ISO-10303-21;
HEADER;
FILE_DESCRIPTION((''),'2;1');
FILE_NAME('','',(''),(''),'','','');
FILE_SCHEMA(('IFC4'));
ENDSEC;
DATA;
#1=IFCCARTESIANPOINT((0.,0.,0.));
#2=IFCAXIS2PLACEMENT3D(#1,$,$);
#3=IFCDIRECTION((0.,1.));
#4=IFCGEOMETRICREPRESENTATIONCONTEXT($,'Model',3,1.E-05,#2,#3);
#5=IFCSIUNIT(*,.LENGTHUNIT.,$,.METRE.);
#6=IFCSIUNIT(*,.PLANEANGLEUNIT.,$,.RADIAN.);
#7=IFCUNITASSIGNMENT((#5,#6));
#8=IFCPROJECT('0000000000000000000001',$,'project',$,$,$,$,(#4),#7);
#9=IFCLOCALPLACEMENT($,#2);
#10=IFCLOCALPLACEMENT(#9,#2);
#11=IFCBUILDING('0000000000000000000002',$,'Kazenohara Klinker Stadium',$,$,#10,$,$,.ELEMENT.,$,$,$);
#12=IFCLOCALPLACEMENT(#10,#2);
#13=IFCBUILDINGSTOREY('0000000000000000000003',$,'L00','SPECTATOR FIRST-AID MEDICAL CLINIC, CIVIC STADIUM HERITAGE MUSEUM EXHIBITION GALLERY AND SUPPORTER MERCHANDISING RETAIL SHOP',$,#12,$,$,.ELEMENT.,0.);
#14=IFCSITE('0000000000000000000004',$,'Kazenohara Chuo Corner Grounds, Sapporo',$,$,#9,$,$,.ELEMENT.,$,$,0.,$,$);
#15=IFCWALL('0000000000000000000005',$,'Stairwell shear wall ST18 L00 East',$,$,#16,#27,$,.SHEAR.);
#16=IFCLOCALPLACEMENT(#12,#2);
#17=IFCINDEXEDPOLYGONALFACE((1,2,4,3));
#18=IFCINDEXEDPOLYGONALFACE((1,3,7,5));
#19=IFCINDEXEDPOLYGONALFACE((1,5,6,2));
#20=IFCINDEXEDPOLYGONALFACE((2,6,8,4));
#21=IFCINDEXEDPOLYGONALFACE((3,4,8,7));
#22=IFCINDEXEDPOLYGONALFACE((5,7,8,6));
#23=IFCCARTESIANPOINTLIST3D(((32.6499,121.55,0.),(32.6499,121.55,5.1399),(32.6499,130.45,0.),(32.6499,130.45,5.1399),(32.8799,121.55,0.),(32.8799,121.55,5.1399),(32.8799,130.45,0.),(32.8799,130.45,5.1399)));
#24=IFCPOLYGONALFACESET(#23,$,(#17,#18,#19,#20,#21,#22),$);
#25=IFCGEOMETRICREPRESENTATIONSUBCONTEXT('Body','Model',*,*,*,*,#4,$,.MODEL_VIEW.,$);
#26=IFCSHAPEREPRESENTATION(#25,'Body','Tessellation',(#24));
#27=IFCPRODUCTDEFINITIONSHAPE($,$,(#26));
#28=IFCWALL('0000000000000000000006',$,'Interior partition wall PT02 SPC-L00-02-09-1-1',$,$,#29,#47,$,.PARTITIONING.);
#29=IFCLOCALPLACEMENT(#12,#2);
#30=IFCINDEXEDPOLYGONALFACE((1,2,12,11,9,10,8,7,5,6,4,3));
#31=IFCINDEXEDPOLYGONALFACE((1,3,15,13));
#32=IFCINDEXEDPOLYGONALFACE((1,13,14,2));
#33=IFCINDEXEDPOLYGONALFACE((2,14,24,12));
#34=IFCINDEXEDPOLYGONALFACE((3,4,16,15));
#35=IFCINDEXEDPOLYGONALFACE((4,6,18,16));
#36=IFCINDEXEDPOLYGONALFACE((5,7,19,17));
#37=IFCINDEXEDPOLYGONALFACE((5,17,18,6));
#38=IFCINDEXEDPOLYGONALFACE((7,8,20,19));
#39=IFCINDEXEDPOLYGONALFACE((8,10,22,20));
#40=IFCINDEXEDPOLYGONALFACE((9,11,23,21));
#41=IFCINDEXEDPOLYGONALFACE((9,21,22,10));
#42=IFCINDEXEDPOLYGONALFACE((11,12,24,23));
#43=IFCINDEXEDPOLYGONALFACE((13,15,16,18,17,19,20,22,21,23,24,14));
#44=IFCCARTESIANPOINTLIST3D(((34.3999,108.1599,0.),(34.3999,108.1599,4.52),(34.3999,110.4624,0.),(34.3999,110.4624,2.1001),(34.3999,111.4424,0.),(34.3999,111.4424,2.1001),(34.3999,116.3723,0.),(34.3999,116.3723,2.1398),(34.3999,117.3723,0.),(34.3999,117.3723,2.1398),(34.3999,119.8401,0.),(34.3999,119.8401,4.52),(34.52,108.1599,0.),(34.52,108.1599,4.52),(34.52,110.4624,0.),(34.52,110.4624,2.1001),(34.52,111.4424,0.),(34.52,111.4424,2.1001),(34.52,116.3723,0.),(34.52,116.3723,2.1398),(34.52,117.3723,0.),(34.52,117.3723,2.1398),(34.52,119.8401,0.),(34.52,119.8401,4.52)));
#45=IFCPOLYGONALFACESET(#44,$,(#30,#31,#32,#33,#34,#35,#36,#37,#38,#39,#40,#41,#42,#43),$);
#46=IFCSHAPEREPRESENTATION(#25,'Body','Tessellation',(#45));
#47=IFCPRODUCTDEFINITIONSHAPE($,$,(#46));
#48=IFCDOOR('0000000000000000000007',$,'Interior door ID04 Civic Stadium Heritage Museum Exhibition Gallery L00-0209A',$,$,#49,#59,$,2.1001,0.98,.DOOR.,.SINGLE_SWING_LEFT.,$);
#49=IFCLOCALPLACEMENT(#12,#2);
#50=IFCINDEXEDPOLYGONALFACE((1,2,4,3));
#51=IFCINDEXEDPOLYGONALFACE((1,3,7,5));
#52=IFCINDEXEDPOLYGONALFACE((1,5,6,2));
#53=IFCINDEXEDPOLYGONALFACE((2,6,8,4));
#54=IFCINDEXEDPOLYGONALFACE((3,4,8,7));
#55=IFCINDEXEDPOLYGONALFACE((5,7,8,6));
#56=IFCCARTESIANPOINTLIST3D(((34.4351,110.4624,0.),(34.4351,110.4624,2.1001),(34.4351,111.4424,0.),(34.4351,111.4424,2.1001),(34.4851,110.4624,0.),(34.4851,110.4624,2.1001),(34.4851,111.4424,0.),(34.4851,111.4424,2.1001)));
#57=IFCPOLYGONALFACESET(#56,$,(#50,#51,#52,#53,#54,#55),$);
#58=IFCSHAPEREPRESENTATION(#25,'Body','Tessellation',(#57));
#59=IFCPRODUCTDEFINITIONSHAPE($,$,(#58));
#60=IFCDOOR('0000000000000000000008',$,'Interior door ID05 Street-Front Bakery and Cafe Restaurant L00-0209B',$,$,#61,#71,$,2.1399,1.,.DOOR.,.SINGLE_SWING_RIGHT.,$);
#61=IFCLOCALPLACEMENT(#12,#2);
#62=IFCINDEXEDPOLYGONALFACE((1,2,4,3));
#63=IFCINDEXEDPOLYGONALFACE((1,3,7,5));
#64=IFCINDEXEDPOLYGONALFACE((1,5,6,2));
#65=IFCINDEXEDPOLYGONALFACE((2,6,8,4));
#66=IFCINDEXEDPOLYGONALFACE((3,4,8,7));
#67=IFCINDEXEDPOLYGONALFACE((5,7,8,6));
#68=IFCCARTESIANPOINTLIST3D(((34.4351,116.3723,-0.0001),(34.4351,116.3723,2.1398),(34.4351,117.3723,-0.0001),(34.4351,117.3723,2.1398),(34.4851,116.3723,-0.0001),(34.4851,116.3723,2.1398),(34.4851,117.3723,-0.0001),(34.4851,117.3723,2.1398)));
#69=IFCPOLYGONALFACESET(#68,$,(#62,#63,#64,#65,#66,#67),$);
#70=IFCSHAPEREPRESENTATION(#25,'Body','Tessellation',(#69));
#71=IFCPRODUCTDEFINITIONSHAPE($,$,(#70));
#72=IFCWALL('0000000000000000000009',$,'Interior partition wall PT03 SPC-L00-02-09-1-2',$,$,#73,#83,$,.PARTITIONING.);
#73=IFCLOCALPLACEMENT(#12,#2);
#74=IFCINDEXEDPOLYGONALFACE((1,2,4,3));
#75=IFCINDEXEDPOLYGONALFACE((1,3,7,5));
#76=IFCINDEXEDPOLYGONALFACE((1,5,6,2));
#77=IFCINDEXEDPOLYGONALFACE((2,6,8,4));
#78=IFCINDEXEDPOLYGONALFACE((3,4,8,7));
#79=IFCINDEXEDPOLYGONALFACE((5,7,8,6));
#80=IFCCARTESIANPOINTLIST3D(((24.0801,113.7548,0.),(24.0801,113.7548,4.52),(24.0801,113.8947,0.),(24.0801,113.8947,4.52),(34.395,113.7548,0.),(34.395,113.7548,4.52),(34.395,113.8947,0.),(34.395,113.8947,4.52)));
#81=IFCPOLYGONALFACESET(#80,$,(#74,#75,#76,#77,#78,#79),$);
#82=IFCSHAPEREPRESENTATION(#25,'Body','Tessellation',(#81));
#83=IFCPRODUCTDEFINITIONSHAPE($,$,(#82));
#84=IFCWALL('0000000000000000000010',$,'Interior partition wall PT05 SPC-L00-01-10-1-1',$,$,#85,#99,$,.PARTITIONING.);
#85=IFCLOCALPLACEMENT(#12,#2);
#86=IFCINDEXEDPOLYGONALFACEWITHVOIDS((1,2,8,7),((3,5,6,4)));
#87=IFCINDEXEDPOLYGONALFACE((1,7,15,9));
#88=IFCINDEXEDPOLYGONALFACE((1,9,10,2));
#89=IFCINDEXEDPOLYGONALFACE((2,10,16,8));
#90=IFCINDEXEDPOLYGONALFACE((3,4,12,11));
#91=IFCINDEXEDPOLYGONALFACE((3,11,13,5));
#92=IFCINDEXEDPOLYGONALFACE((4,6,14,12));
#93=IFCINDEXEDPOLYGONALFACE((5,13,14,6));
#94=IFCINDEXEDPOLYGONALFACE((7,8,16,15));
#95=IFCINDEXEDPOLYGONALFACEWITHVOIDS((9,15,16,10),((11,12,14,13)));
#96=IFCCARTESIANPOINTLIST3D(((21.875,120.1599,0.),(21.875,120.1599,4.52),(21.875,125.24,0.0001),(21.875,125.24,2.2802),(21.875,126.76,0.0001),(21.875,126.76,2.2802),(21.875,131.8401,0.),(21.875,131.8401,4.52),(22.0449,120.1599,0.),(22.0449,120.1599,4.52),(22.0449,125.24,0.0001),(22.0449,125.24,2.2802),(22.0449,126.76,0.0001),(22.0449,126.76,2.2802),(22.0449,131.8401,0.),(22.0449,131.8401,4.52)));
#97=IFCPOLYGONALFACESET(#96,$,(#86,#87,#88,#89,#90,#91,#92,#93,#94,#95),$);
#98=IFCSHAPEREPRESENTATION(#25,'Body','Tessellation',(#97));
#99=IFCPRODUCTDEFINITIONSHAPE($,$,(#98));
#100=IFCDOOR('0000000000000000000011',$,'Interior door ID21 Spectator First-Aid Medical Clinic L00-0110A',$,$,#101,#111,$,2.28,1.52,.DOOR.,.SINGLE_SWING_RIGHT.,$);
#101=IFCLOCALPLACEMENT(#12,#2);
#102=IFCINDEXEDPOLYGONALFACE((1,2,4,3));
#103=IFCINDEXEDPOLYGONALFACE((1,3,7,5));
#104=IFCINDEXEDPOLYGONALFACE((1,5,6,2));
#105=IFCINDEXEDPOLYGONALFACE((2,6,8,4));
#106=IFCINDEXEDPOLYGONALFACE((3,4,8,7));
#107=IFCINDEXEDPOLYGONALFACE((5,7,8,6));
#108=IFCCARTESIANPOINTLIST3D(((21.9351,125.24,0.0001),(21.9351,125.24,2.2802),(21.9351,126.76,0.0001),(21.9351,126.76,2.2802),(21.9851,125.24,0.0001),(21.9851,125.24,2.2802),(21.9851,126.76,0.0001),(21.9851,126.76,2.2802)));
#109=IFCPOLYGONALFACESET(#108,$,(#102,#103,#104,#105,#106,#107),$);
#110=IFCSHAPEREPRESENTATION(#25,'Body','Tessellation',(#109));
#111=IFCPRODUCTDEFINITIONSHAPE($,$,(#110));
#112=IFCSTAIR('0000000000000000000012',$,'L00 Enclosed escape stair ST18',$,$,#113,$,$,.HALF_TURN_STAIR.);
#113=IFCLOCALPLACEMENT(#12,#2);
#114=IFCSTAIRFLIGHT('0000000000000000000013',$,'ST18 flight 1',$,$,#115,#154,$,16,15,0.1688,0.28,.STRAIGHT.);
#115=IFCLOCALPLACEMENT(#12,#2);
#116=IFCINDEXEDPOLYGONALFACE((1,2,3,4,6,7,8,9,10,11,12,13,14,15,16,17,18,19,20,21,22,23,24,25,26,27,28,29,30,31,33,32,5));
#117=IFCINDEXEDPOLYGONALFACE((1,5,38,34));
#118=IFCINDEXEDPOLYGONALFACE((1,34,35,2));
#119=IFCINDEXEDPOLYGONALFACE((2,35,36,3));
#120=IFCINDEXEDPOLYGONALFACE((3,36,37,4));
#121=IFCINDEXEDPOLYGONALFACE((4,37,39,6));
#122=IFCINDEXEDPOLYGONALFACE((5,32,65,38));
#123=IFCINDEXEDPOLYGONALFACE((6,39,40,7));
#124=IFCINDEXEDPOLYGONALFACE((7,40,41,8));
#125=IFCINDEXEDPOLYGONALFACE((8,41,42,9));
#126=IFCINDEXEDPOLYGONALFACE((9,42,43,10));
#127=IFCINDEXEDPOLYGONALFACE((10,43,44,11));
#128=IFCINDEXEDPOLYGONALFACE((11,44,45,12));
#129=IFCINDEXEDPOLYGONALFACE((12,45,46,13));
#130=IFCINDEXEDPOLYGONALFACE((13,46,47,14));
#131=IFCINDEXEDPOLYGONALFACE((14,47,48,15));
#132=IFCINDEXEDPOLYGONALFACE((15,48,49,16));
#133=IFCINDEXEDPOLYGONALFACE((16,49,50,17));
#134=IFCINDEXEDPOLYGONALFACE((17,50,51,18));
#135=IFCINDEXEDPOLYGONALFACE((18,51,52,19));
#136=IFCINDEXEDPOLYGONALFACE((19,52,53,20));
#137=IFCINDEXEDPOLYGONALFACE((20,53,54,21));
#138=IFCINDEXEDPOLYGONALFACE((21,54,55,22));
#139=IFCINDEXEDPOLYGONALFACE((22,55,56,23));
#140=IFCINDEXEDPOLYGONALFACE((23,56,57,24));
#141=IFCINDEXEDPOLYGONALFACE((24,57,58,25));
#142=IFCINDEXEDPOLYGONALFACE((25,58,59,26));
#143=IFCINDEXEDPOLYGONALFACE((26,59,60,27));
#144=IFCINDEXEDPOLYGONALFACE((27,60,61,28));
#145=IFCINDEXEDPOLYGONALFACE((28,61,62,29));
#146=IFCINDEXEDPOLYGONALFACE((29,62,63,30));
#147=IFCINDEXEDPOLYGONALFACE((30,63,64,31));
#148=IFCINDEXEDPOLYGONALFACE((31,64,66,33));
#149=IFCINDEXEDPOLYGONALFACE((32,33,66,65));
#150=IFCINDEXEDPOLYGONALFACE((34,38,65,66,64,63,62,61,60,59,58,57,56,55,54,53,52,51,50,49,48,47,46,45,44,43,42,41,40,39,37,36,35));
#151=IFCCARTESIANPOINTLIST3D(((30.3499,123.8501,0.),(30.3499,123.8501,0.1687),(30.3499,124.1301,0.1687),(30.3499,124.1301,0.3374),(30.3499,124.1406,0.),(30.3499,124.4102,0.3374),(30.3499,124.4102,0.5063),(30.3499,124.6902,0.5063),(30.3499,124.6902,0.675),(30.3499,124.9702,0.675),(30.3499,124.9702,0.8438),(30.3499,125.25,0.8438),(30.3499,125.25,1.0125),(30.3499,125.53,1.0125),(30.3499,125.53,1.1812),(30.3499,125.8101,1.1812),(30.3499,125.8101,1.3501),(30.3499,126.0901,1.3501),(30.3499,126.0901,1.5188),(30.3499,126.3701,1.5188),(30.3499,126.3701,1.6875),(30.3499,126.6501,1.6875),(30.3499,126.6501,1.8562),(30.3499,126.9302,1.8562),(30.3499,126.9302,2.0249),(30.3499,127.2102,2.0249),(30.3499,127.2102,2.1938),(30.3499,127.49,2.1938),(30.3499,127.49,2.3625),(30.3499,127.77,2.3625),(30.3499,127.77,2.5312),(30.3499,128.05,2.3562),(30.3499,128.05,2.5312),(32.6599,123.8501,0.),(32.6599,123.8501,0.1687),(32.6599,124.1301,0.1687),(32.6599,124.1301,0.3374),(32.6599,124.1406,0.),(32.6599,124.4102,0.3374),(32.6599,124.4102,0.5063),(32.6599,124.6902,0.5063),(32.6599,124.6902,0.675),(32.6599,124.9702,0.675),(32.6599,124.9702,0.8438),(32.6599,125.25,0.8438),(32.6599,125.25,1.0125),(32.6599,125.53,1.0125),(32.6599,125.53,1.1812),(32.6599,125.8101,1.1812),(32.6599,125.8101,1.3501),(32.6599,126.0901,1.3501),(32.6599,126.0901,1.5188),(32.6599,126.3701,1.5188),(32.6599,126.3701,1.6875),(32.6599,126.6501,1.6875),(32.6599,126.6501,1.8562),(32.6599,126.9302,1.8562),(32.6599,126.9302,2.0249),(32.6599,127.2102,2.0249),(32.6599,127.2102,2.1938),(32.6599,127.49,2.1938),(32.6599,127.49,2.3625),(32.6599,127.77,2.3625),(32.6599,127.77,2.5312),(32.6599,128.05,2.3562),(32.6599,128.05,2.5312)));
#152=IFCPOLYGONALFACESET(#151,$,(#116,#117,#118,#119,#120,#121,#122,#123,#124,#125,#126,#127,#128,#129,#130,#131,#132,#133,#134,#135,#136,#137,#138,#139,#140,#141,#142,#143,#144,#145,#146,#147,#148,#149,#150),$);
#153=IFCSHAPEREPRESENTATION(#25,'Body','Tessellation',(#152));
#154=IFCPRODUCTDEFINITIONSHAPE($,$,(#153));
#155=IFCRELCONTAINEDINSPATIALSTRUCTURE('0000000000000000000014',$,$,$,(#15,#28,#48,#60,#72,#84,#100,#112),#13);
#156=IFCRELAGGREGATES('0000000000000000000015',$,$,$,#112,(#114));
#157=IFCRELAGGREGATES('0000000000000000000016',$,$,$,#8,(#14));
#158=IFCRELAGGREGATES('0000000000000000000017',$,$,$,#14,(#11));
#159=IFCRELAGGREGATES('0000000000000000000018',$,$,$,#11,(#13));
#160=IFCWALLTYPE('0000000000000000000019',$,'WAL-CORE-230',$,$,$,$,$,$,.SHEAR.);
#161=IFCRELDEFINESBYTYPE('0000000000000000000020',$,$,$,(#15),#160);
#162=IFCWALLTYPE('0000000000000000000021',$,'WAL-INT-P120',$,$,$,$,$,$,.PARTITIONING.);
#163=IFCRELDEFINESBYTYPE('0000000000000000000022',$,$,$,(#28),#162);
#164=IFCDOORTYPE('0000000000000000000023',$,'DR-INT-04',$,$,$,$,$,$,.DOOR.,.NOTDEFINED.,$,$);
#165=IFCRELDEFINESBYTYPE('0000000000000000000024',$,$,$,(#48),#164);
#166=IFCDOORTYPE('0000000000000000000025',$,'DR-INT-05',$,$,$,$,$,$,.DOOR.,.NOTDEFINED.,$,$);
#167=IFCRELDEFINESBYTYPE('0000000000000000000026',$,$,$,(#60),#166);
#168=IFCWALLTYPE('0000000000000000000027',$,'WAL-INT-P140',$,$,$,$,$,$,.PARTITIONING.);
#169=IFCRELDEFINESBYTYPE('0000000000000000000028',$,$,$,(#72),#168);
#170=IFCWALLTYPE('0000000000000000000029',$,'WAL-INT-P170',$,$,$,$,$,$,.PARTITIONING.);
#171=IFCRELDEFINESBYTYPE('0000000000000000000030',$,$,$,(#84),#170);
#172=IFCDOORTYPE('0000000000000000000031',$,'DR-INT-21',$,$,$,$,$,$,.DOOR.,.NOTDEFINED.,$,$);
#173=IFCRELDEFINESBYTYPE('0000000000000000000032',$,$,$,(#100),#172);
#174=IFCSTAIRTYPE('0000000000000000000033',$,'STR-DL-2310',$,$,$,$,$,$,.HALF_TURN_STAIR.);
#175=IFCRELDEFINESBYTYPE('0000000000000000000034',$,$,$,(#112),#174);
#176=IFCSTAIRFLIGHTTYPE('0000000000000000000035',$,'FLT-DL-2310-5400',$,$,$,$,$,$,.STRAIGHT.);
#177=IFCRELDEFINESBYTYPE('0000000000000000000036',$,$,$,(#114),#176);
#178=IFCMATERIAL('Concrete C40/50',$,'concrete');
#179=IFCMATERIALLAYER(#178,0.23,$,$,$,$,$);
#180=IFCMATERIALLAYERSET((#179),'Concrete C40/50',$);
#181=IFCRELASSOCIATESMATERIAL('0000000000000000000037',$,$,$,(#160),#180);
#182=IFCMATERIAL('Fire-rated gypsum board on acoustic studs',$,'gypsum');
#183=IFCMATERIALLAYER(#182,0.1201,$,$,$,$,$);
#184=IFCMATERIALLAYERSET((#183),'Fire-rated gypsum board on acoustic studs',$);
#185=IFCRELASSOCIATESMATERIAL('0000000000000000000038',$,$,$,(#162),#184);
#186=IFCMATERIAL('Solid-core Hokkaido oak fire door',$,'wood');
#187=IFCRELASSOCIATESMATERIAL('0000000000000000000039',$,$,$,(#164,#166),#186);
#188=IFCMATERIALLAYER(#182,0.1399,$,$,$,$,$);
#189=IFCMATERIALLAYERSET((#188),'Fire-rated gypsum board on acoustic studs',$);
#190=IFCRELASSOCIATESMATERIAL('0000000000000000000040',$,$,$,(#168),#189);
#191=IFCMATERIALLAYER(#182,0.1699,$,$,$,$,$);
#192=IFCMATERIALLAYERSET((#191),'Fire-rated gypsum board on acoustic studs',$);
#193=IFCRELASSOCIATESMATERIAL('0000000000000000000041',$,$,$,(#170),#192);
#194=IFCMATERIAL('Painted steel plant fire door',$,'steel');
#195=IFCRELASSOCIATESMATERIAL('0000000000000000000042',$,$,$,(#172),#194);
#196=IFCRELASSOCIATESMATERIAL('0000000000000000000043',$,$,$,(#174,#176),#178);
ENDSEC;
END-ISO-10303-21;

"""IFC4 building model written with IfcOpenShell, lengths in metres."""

from ifc_helpers import new_model, si_unit, direction, frame, frame_2d, origin, place, context, subcontext, project, spatial, polyline, rectangle, outline, extrude, material, layer, layer_set, type_object, element, fill, aggregate, save


model = new_model("IFC4")

# Units and contexts
model_context = context("Model", 3, precision=1e-05, world=origin(), true_north=direction((0.0, 1.0)))
body_context = subcontext(model_context, "Body", "Model", "MODEL_VIEW")
ifc_project = project(units=[si_unit("LENGTHUNIT", "METRE"), si_unit("PLANEANGLEUNIT", "RADIAN")], contexts=[model_context])

# Site, building, storey
site_placement = place(None, origin())
site = spatial("IfcSite", under=ifc_project, at=site_placement, Name="Kazenohara Chuo Corner Grounds, Sapporo", CompositionType="ELEMENT", RefElevation=0.0)
building_placement = place(site_placement, origin())
building = spatial("IfcBuilding", under=site, at=building_placement, Name="Kazenohara Klinker Stadium", CompositionType="ELEMENT")
storey_placement = place(building_placement, origin())
storey = spatial("IfcBuildingStorey", under=building, at=storey_placement, Name="L00", Description="SPECTATOR FIRST-AID MEDICAL CLINIC, CIVIC STADIUM HERITAGE MUSEUM EXHIBITION GALLERY AND SUPPORTER MERCHANDISING RETAIL SHOP", CompositionType="ELEMENT", Elevation=0.0)

# Shared definitions
ifc_material_1 = material(Name="Concrete C40/50", Category="concrete")

# Shared definitions
ifc_layer_1 = layer(ifc_material_1, 0.23)
ifc_layer_set_1 = layer_set([ifc_layer_1], Name="Concrete C40/50")
wall_type_1 = type_object("IfcWallType", Name="WAL-CORE-230", PredefinedType="SHEAR", material=ifc_layer_set_1)

# Wall
for number, where, z_axis, x_axis, name in (
    (1, (32.7649, 121.55, 0.0), (0.0, 0.0, 1.0), (0.0, 1.0, 0.0), "Stairwell shear wall ST18 L00 East"),
):
    element("IfcWall", number, at=place(storey_placement, frame(where, z_axis=z_axis, x_axis=x_axis)), inside=storey, type_object=wall_type_1, Name=name, PredefinedType="SHEAR", context=body_context, shape_type="SweptSolid", body=[
        extrude(rectangle(XDim=8.8999, YDim=0.23, at=frame_2d((4.45, 0.0))), origin(), (0.0, 0.0, 1.0), 5.1399),
    ])

# Wall, openings, doors
ifc_material_2 = material(Name="Fire-rated gypsum board on acoustic studs", Category="gypsum")
ifc_layer_2 = layer(ifc_material_2, 0.1201)
ifc_layer_set_2 = layer_set([ifc_layer_2], Name="Fire-rated gypsum board on acoustic studs")
wall_type_2 = type_object("IfcWallType", Name="WAL-INT-P120", PredefinedType="PARTITIONING", material=ifc_layer_set_2)
wall_1_placement = place(storey_placement, frame((34.46, 108.1599, 0.0), z_axis=(0.0, 0.0, 1.0), x_axis=(0.0, 1.0, 0.0)))
wall_1 = element("IfcWall", 2, at=wall_1_placement, inside=storey, type_object=wall_type_2, Name="Interior partition wall PT02 SPC-L00-02-09-1-1", PredefinedType="PARTITIONING", context=body_context, shape_type="SweptSolid", body=[
    extrude(rectangle(XDim=11.6802, YDim=0.1201, at=frame_2d((5.8401, 0.0))), origin(), (0.0, 0.0, 1.0), 4.52),
])
opening_1_placement = place(wall_1_placement, frame((2.3025, 0.0, 0.0)))
opening_1 = element("IfcOpeningElement", 3, at=opening_1_placement, cuts=wall_1, PredefinedType="OPENING", context=body_context, shape_type="SweptSolid", body=[
    extrude(rectangle(XDim=0.98, YDim=2.1001, at=frame_2d((0.49, 1.05))), frame((0.0, 0.0701, 0.0), z_axis=(0.0, -1.0, 0.0), x_axis=(1.0, 0.0, 0.0)), (0.0, 0.0, 1.0), 0.1401),
])
opening_2_placement = place(wall_1_placement, frame((8.2124, 0.0, 0.0)))
opening_2 = element("IfcOpeningElement", 4, at=opening_2_placement, cuts=wall_1, PredefinedType="OPENING", context=body_context, shape_type="SweptSolid", body=[
    extrude(rectangle(XDim=1.0, YDim=2.1399, at=frame_2d((0.5, 1.0698))), frame((0.0, 0.0701, 0.0), z_axis=(0.0, -1.0, 0.0), x_axis=(1.0, 0.0, 0.0)), (0.0, 0.0, 1.0), 0.1401),
])
ifc_material_3 = material(Name="Solid-core Hokkaido oak fire door", Category="wood")
door_type_1 = type_object("IfcDoorType", Name="DR-INT-04", OperationType="NOTDEFINED", PredefinedType="DOOR", material=ifc_material_3)
door_1_placement = place(opening_1_placement, origin())
door_1 = element("IfcDoor", 5, at=door_1_placement, inside=storey, type_object=door_type_1, Name="Interior door ID04 Civic Stadium Heritage Museum Exhibition Gallery L00-0209A", OperationType="SINGLE_SWING_LEFT", OverallHeight=2.1001, OverallWidth=0.98, PredefinedType="DOOR", context=body_context, shape_type="SweptSolid", body=[
    extrude(rectangle(XDim=0.98, YDim=2.1001, at=frame_2d((0.49, 1.05))), frame((0.0, 0.0249, 0.0), z_axis=(0.0, -1.0, 0.0), x_axis=(1.0, 0.0, 0.0)), (0.0, 0.0, 1.0), 0.05),
])
fill(opening_1, door_1)
door_type_2 = type_object("IfcDoorType", Name="DR-INT-05", OperationType="NOTDEFINED", PredefinedType="DOOR", material=ifc_material_3)
door_2_placement = place(opening_2_placement, origin())
door_2 = element("IfcDoor", 6, at=door_2_placement, inside=storey, type_object=door_type_2, Name="Interior door ID05 Street-Front Bakery and Cafe Restaurant L00-0209B", OperationType="SINGLE_SWING_RIGHT", OverallHeight=2.1399, OverallWidth=1.0, PredefinedType="DOOR", context=body_context, shape_type="SweptSolid", body=[
    extrude(rectangle(XDim=1.0, YDim=2.1399, at=frame_2d((0.5, 1.0698))), frame((0.0, 0.0249, 0.0), z_axis=(0.0, -1.0, 0.0), x_axis=(1.0, 0.0, 0.0)), (0.0, 0.0, 1.0), 0.05),
])
fill(opening_2, door_2)

# Wall
ifc_layer_3 = layer(ifc_material_2, 0.1399)
ifc_layer_set_3 = layer_set([ifc_layer_3], Name="Fire-rated gypsum board on acoustic studs")
wall_type_3 = type_object("IfcWallType", Name="WAL-INT-P140", PredefinedType="PARTITIONING", material=ifc_layer_set_3)
wall_2_placement = place(storey_placement, frame((24.0801, 113.8247, 0.0), z_axis=(0.0, 0.0, 1.0), x_axis=(1.0, 0.0, 0.0)))
element("IfcWall", 7, at=wall_2_placement, inside=storey, type_object=wall_type_3, Name="Interior partition wall PT03 SPC-L00-02-09-1-2", PredefinedType="PARTITIONING", context=body_context, shape_type="SweptSolid", body=[
    extrude(rectangle(XDim=10.3149, YDim=0.1399, at=frame_2d((5.1575, 0.0))), origin(), (0.0, 0.0, 1.0), 4.52),
])

# Wall, opening, door
ifc_layer_4 = layer(ifc_material_2, 0.1699)
ifc_layer_set_4 = layer_set([ifc_layer_4], Name="Fire-rated gypsum board on acoustic studs")
wall_type_4 = type_object("IfcWallType", Name="WAL-INT-P170", PredefinedType="PARTITIONING", material=ifc_layer_set_4)
wall_3_placement = place(storey_placement, frame((21.96, 120.1599, 0.0), z_axis=(0.0, 0.0, 1.0), x_axis=(0.0, 1.0, 0.0)))
wall_3 = element("IfcWall", 8, at=wall_3_placement, inside=storey, type_object=wall_type_4, Name="Interior partition wall PT05 SPC-L00-01-10-1-1", PredefinedType="PARTITIONING", context=body_context, shape_type="SweptSolid", body=[
    extrude(rectangle(XDim=11.6802, YDim=0.1699, at=frame_2d((5.8401, 0.0))), origin(), (0.0, 0.0, 1.0), 4.52),
])
opening_3_placement = place(wall_3_placement, frame((5.0801, 0.0, 0.0)))
opening_3 = element("IfcOpeningElement", 9, at=opening_3_placement, cuts=wall_3, PredefinedType="OPENING", context=body_context, shape_type="SweptSolid", body=[
    extrude(rectangle(XDim=1.52, YDim=2.28, at=frame_2d((0.76, 1.1401))), frame((0.0, 0.095, 0.0), z_axis=(0.0, -1.0, 0.0), x_axis=(1.0, 0.0, 0.0)), (0.0, 0.0, 1.0), 0.1899),
])
ifc_material_4 = material(Name="Painted steel plant fire door", Category="steel")
door_type_3 = type_object("IfcDoorType", Name="DR-INT-21", OperationType="NOTDEFINED", PredefinedType="DOOR", material=ifc_material_4)
door_3_placement = place(opening_3_placement, origin())
door_3 = element("IfcDoor", 10, at=door_3_placement, inside=storey, type_object=door_type_3, Name="Interior door ID21 Spectator First-Aid Medical Clinic L00-0110A", OperationType="SINGLE_SWING_RIGHT", OverallHeight=2.28, OverallWidth=1.52, PredefinedType="DOOR", context=body_context, shape_type="SweptSolid", body=[
    extrude(rectangle(XDim=1.52, YDim=2.28, at=frame_2d((0.76, 1.1401))), frame((0.0, 0.0249, 0.0), z_axis=(0.0, -1.0, 0.0), x_axis=(1.0, 0.0, 0.0)), (0.0, 0.0, 1.0), 0.05),
])
fill(opening_3, door_3)

# Stair, stair flight
stair_type = type_object("IfcStairType", Name="STR-DL-2310", PredefinedType="HALF_TURN_STAIR", material=ifc_material_1)
stair_placement = place(storey_placement, origin())
stair = element("IfcStair", 11, at=stair_placement, inside=storey, type_object=stair_type, Name="L00 Enclosed escape stair ST18", PredefinedType="HALF_TURN_STAIR")
stair_flight_type = type_object("IfcStairFlightType", Name="FLT-DL-2310-5400", PredefinedType="STRAIGHT", material=ifc_material_1)
stair_flight_1_placement = place(storey_placement, frame((31.5049, 123.8501, 0.0), z_axis=(0.0, 0.0, 1.0), x_axis=(0.0, 1.0, 0.0)))
stair_flight_1 = element("IfcStairFlight", 12, at=stair_flight_1_placement, type_object=stair_flight_type, Name="ST18 flight 1", NumberOfRisers=16, NumberOfTreads=15, PredefinedType="STRAIGHT", RiserHeight=0.1688, TreadLength=0.28, context=body_context, shape_type="SweptSolid", body=[
    extrude(outline(polyline([(0.0, 0.0), (0.0, 0.1687), (0.28, 0.1687), (0.28, 0.3374), (0.5601, 0.3374), (0.5601, 0.5063), (0.8401, 0.5063), (0.8401, 0.675), (1.1201, 0.675), (1.1201, 0.8438), (1.3999, 0.8438), (1.3999, 1.0125), (1.6799, 1.0125), (1.6799, 1.1812), (1.96, 1.1812), (1.96, 1.3501), (2.24, 1.3501), (2.24, 1.5188), (2.52, 1.5188), (2.52, 1.6875), (2.8, 1.6875), (2.8, 1.8562), (3.0801, 1.8562), (3.0801, 2.0249), (3.3601, 2.0249), (3.3601, 2.1938), (3.6399, 2.1938), (3.6399, 2.3625), (3.9199, 2.3625), (3.9199, 2.5312), (4.2, 2.5312), (4.2, 2.7), (4.2, 2.3562), (0.2905, 0.0), (0.0, 0.0)])), frame((0.0, 1.155, 0.0), z_axis=(0.0, -1.0, 0.0), x_axis=(1.0, 0.0, 0.0)), (0.0, 0.0, 1.0), 2.3101),
])
aggregate(stair, [stair_flight_1])

save(model, "model.ifc")
